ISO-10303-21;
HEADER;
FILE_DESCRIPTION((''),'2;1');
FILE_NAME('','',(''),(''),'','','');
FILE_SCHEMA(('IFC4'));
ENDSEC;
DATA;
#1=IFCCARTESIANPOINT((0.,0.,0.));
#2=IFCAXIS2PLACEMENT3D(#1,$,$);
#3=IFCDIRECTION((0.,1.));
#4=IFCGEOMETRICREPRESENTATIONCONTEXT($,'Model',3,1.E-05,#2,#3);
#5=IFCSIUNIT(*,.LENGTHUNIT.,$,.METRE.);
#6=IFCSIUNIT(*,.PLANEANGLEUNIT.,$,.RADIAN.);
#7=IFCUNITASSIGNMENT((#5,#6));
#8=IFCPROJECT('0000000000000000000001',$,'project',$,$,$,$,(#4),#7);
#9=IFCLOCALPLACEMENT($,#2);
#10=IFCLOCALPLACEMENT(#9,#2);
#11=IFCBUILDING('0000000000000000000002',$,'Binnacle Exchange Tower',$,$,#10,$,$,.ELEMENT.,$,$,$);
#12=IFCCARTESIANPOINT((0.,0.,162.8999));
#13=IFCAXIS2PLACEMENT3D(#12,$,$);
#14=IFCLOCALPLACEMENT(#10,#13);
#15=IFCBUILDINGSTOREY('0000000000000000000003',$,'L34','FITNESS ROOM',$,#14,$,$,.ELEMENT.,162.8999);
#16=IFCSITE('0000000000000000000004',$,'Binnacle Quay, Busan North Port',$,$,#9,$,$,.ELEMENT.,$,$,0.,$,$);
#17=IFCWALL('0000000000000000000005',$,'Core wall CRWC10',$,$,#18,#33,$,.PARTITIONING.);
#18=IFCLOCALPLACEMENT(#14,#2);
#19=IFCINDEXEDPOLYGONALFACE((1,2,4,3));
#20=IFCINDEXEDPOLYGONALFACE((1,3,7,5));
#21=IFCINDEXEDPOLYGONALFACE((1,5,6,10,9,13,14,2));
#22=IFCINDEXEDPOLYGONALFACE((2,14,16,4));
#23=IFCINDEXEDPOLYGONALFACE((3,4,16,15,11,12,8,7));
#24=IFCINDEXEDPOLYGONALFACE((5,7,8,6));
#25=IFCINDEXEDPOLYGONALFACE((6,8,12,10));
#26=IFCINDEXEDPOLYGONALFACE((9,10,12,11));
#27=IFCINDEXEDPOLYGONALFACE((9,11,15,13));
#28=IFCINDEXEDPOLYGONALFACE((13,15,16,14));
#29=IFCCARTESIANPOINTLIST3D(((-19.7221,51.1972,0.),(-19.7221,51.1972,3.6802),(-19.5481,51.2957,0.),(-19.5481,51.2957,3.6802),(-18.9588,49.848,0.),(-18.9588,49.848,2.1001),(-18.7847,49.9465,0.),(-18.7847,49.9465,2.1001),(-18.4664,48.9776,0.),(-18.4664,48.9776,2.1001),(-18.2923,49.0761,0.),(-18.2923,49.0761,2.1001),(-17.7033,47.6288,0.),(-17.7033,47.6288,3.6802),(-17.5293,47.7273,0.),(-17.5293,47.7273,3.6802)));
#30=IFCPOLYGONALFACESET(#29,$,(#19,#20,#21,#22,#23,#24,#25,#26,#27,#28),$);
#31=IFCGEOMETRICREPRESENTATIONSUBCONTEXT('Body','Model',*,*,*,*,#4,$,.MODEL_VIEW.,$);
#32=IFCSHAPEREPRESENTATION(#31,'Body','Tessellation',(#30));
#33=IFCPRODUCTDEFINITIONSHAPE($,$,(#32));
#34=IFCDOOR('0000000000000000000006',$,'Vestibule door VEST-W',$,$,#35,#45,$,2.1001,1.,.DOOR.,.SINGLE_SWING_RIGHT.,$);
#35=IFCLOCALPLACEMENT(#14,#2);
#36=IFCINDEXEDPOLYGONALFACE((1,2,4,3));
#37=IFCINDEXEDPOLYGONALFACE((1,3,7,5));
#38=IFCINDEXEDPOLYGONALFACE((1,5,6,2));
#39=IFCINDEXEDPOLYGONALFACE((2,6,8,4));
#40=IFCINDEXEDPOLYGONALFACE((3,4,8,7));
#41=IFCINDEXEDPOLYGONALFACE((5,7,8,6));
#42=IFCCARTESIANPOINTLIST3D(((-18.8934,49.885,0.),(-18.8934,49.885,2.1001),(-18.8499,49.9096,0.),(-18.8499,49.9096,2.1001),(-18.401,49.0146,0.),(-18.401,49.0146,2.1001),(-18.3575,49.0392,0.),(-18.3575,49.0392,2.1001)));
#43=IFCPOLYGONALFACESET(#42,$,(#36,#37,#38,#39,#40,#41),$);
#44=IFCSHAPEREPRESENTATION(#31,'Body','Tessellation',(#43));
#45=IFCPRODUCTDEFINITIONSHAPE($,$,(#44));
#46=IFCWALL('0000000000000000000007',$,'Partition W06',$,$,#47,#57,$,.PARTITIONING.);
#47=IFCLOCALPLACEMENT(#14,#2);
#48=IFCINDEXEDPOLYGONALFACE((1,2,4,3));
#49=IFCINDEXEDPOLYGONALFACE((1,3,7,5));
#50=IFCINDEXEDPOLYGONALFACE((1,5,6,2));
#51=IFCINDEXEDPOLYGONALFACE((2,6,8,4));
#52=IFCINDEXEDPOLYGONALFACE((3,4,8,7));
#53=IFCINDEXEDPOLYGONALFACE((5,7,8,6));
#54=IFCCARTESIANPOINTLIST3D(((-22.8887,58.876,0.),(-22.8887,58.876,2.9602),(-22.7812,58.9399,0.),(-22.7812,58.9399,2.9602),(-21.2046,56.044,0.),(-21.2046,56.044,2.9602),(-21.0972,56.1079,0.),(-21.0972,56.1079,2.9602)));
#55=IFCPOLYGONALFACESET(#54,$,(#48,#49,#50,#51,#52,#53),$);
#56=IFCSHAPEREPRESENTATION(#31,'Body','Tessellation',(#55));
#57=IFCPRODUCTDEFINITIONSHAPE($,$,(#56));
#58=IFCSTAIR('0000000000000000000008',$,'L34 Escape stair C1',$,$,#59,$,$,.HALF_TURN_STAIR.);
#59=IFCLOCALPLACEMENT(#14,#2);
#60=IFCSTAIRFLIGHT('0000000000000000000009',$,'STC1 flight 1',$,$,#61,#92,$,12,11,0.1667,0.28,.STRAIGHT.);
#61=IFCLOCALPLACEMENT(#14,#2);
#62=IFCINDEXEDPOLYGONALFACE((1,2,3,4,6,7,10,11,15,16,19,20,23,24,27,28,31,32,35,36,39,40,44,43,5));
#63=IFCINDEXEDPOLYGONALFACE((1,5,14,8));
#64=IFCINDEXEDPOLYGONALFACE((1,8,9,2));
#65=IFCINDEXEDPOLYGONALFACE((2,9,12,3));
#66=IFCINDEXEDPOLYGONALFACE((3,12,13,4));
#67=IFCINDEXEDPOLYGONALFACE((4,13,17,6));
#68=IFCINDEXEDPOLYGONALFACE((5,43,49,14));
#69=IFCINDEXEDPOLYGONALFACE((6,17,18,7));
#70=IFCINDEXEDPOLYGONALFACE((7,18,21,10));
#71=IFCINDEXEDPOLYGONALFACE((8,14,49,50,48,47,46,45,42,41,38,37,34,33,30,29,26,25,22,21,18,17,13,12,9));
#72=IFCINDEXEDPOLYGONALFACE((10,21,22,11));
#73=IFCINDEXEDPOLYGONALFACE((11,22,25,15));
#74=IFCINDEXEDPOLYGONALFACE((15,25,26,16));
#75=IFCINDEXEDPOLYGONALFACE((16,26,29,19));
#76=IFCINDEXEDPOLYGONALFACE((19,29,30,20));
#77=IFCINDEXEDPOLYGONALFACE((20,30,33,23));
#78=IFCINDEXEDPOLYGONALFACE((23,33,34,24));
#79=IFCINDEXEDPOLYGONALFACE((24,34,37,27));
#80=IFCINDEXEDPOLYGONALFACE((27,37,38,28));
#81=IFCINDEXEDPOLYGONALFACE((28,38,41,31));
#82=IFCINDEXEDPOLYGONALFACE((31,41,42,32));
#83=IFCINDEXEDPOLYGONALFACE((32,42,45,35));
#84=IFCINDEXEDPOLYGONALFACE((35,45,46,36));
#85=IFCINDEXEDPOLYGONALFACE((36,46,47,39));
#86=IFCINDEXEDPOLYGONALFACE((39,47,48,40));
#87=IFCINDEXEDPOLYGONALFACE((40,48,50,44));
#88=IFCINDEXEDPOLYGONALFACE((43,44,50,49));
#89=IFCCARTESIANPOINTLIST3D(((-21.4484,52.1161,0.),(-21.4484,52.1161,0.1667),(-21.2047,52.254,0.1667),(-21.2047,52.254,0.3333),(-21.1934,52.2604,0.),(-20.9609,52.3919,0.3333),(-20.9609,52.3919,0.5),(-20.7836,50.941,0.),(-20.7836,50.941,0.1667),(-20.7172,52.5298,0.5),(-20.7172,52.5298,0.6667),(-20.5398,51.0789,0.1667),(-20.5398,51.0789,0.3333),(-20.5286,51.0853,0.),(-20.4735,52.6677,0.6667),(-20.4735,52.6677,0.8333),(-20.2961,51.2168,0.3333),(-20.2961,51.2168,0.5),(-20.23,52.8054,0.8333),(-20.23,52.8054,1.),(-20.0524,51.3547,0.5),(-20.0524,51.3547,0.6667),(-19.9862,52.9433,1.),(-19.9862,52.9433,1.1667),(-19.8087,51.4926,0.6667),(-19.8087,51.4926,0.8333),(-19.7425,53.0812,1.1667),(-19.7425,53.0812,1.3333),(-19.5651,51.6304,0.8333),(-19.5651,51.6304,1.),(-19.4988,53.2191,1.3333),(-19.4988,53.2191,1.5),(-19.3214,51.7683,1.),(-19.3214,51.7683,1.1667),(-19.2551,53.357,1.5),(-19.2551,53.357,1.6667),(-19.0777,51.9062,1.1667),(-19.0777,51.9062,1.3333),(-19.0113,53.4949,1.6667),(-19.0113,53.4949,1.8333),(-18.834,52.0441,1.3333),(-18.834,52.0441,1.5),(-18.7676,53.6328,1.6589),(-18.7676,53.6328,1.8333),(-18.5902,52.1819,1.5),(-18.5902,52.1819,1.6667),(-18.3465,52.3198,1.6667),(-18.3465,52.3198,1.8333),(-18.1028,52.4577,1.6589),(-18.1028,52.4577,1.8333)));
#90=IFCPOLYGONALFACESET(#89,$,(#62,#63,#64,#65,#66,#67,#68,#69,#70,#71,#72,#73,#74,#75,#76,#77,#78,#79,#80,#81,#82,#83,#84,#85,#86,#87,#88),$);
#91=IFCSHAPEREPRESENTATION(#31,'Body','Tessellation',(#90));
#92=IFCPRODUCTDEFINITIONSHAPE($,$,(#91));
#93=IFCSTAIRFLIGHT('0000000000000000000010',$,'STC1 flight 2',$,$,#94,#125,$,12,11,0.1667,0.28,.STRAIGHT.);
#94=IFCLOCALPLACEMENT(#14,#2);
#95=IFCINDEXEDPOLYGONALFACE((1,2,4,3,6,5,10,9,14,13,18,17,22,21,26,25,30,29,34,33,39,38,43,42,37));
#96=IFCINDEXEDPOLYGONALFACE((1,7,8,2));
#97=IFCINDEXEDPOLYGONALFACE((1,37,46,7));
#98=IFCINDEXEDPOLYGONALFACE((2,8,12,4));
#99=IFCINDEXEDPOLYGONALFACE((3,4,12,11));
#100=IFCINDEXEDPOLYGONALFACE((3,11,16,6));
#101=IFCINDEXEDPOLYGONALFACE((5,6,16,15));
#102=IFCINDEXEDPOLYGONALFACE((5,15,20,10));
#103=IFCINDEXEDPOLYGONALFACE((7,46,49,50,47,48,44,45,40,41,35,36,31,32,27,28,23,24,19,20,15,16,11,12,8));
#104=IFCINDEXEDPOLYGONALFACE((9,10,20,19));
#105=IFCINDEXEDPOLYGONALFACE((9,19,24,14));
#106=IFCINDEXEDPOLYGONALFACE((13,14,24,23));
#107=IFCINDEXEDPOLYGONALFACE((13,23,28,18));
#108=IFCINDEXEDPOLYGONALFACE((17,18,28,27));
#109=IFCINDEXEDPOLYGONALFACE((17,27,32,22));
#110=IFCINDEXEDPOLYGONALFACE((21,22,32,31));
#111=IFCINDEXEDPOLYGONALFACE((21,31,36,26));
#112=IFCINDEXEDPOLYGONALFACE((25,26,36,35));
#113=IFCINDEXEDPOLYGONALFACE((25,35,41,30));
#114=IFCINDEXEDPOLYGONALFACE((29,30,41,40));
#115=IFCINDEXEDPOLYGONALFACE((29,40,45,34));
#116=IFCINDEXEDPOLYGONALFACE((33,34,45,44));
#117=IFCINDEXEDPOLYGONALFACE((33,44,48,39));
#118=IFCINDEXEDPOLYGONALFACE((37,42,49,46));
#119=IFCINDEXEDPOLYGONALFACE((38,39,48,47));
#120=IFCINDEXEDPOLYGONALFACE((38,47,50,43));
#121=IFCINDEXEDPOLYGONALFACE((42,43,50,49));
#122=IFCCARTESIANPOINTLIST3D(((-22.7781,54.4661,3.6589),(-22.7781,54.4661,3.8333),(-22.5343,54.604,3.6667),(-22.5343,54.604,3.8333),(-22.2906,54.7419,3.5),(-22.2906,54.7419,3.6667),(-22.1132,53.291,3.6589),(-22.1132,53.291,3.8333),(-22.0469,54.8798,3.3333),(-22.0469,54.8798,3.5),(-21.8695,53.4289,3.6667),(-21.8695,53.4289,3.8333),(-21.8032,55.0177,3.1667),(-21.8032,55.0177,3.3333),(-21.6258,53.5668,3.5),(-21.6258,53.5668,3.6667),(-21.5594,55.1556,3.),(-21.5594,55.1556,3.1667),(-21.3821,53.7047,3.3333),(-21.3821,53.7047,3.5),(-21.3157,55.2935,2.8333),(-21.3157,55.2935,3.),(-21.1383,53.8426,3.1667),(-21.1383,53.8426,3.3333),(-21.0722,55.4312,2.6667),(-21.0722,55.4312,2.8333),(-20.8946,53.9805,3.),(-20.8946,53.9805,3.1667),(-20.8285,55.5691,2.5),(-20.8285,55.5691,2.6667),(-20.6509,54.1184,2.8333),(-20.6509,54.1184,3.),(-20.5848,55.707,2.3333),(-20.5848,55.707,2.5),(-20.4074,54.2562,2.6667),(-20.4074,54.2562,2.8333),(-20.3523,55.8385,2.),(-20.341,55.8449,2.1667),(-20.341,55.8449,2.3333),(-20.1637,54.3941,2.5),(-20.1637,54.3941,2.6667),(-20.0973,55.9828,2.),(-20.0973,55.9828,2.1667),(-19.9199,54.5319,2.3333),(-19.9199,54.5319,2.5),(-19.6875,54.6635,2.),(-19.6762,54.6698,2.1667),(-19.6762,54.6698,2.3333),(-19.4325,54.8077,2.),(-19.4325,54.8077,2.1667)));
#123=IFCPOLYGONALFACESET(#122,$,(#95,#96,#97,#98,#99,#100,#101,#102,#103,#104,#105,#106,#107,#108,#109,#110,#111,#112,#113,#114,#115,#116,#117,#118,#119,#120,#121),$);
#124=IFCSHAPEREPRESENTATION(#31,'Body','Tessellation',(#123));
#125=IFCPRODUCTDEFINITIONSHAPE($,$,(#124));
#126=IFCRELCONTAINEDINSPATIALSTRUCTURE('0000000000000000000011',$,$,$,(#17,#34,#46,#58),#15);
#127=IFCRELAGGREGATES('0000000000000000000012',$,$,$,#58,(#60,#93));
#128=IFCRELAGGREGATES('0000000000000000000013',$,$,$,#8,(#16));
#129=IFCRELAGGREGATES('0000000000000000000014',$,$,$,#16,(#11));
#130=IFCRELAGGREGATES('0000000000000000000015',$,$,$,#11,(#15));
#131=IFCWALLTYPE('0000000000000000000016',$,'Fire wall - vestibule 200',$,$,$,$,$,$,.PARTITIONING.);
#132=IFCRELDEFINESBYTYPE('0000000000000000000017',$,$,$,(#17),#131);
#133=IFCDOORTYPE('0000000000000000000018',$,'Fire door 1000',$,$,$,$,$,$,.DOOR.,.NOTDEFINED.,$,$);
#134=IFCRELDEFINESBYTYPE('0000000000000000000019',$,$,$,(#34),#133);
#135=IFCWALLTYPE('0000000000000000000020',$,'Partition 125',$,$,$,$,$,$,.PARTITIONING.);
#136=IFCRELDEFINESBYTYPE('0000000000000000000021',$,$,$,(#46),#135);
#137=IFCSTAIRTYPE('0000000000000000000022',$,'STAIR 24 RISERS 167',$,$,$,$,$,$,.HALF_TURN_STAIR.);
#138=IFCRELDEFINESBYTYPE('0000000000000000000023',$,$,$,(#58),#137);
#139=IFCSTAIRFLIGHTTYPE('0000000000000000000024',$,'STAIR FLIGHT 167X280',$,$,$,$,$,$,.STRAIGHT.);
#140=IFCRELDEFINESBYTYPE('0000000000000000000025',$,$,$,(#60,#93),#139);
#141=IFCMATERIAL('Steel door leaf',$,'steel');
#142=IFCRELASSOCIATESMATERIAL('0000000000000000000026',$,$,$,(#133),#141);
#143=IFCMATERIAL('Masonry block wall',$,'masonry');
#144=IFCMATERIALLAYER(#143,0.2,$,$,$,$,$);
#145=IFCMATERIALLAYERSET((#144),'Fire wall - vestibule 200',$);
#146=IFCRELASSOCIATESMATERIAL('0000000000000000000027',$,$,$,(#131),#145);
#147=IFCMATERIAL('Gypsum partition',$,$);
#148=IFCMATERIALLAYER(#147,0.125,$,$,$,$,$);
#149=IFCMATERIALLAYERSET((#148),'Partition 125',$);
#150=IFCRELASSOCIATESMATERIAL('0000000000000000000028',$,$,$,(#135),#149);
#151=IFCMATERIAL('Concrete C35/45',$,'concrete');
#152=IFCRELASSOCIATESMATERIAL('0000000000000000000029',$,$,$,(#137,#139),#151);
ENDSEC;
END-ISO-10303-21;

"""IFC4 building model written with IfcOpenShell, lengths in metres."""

from ifc_helpers import new_model, si_unit, direction, frame, frame_2d, origin, place, context, subcontext, project, spatial, polyline, rectangle, outline, extrude, material, layer, layer_set, type_object, element, fill, aggregate, save


model = new_model("IFC4")

# Units and contexts
model_context = context("Model", 3, precision=1e-05, world=origin(), true_north=direction((0.0, 1.0)))
body_context = subcontext(model_context, "Body", "Model", "MODEL_VIEW")
ifc_project = project(units=[si_unit("LENGTHUNIT", "METRE"), si_unit("PLANEANGLEUNIT", "RADIAN")], contexts=[model_context])

# Site, building, storey
site_placement = place(None, origin())
site = spatial("IfcSite", under=ifc_project, at=site_placement, Name="Binnacle Quay, Busan North Port", CompositionType="ELEMENT", RefElevation=0.0)
building_placement = place(site_placement, origin())
building = spatial("IfcBuilding", under=site, at=building_placement, Name="Binnacle Exchange Tower", CompositionType="ELEMENT")
storey_placement = place(building_placement, frame((0.0, 0.0, 162.8999)))
storey = spatial("IfcBuildingStorey", under=building, at=storey_placement, Name="L34", Description="FITNESS ROOM", CompositionType="ELEMENT", Elevation=162.8999)

# Shared definitions
ifc_material_1 = material(Name="Steel door leaf", Category="steel")

# Wall, opening, door
door_type_1 = type_object("IfcDoorType", Name="Fire door 1000", OperationType="NOTDEFINED", PredefinedType="DOOR", material=ifc_material_1)
ifc_material_2 = material(Name="Masonry block wall", Category="masonry")
ifc_layer_1 = layer(ifc_material_2, 0.2)
ifc_layer_set_1 = layer_set([ifc_layer_1], Name="Fire wall - vestibule 200")
wall_type_1 = type_object("IfcWallType", Name="Fire wall - vestibule 200", PredefinedType="PARTITIONING", material=ifc_layer_set_1)
wall_1_placement = place(storey_placement, frame((-19.635, 51.2463, 0.0), z_axis=(0.0, 0.0, 1.0), x_axis=(0.492408, -0.870364, 0.0)))
wall_1 = element("IfcWall", 1, at=wall_1_placement, inside=storey, type_object=wall_type_1, Name="Core wall CRWC10", PredefinedType="PARTITIONING", context=body_context, shape_type="SweptSolid", body=[
    extrude(rectangle(XDim=4.0999, YDim=0.2, at=frame_2d((2.0498, 0.0))), origin(), (0.0, 0.0, 1.0), 3.6802),
])
opening_1_placement = place(wall_1_placement, frame((1.55, 0.0, 0.0)))
opening_1 = element("IfcOpeningElement", 2, at=opening_1_placement, cuts=wall_1, PredefinedType="OPENING", context=body_context, shape_type="SweptSolid", body=[
    extrude(rectangle(XDim=1.0, YDim=2.1001, at=frame_2d((0.5, 1.05))), frame((0.0, 0.1099, 0.0), z_axis=(0.0, -1.0, 0.0), x_axis=(1.0, 0.0, 0.0)), (0.0, 0.0, 1.0), 0.22),
])
door_1_placement = place(opening_1_placement, frame((1.0, 0.0, 0.0), z_axis=(0.0, 0.0, 1.0), x_axis=(-1.0, 0.0, 0.0)))
door_1 = element("IfcDoor", 3, at=door_1_placement, inside=storey, type_object=door_type_1, Name="Vestibule door VEST-W", OperationType="SINGLE_SWING_RIGHT", OverallHeight=2.1001, OverallWidth=1.0, PredefinedType="DOOR", context=body_context, shape_type="SweptSolid", body=[
    extrude(rectangle(XDim=1.0, YDim=2.1001, at=frame_2d((0.5, 1.05))), frame((0.0, 0.0249, 0.0), z_axis=(0.0, -1.0, 0.0), x_axis=(1.0, 0.0, 0.0)), (0.0, 0.0, 1.0), 0.05),
])
fill(opening_1, door_1)

# Wall
ifc_material_3 = material(Name="Gypsum partition")
ifc_layer_2 = layer(ifc_material_3, 0.125)
ifc_layer_set_2 = layer_set([ifc_layer_2], Name="Partition 125")
wall_type_2 = type_object("IfcWallType", Name="Partition 125", PredefinedType="PARTITIONING", material=ifc_layer_set_2)
wall_2_placement = place(storey_placement, frame((-22.835, 58.908, 0.0), z_axis=(0.0, 0.0, 1.0), x_axis=(0.511114, -0.859513, 0.0)))
element("IfcWall", 4, at=wall_2_placement, inside=storey, type_object=wall_type_2, Name="Partition W06", PredefinedType="PARTITIONING", context=body_context, shape_type="SweptSolid", body=[
    extrude(rectangle(XDim=3.2949, YDim=0.125, at=frame_2d((1.6475, 0.0))), origin(), (0.0, 0.0, 1.0), 2.9602),
])

# Stair, stair flights
ifc_material_4 = material(Name="Concrete C35/45", Category="concrete")
stair_type = type_object("IfcStairType", Name="STAIR 24 RISERS 167", PredefinedType="HALF_TURN_STAIR", material=ifc_material_4)
stair_placement = place(storey_placement, origin())
stair = element("IfcStair", 5, at=stair_placement, inside=storey, type_object=stair_type, Name="L34 Escape stair C1", PredefinedType="HALF_TURN_STAIR")
stair_flight_type = type_object("IfcStairFlightType", Name="STAIR FLIGHT 167X280", PredefinedType="STRAIGHT", material=ifc_material_4)
stair_flight_1_placement = place(storey_placement, frame((-21.116, 51.5286, 0.0), z_axis=(0.0, 0.0, 1.0), x_axis=(0.870356, 0.492424, 0.0)))
stair_flight_1 = element("IfcStairFlight", 6, at=stair_flight_1_placement, type_object=stair_flight_type, Name="STC1 flight 1", NumberOfRisers=12, NumberOfTreads=11, PredefinedType="STRAIGHT", RiserHeight=0.1667, TreadLength=0.28, context=body_context, shape_type="SweptSolid", body=[
    extrude(outline(polyline([(0.0, 0.0), (0.0, 0.1667), (0.28, 0.1667), (0.28, 0.3333), (0.5601, 0.3333), (0.5601, 0.5), (0.8401, 0.5), (0.8401, 0.6667), (1.1201, 0.6667), (1.1201, 0.8333), (1.3999, 0.8333), (1.3999, 1.0), (1.6799, 1.0), (1.6799, 1.1667), (1.96, 1.1667), (1.96, 1.3333), (2.24, 1.3333), (2.24, 1.5), (2.52, 1.5), (2.52, 1.6667), (2.8, 1.6667), (2.8, 1.8333), (3.0801, 1.8333), (3.0801, 2.0), (3.0801, 1.6589), (0.293, 0.0), (0.0, 0.0)])), frame((0.0, 0.675, 0.0), z_axis=(0.0, -1.0, 0.0), x_axis=(1.0, 0.0, 0.0)), (0.0, 0.0, 1.0), 1.3501),
])
stair_flight_2_placement = place(storey_placement, frame((-19.7649, 55.3953, 2.0), z_axis=(0.0, 0.0, 1.0), x_axis=(-0.870356, -0.492424, 0.0)))
stair_flight_2 = element("IfcStairFlight", 7, at=stair_flight_2_placement, type_object=stair_flight_type, Name="STC1 flight 2", NumberOfRisers=12, NumberOfTreads=11, PredefinedType="STRAIGHT", RiserHeight=0.1667, TreadLength=0.28, context=body_context, shape_type="SweptSolid", body=[
    extrude(outline(polyline([(0.0, 0.0), (0.0, 0.1667), (0.28, 0.1667), (0.28, 0.3333), (0.5601, 0.3333), (0.5601, 0.5), (0.8401, 0.5), (0.8401, 0.6667), (1.1201, 0.6667), (1.1201, 0.8333), (1.3999, 0.8333), (1.3999, 1.0), (1.6799, 1.0), (1.6799, 1.1667), (1.96, 1.1667), (1.96, 1.3333), (2.24, 1.3333), (2.24, 1.5), (2.52, 1.5), (2.52, 1.6667), (2.8, 1.6667), (2.8, 1.8333), (3.0801, 1.8333), (3.0801, 2.0), (3.0801, 1.6589), (0.293, 0.0), (0.0, 0.0)])), frame((0.0, 0.675, 0.0), z_axis=(0.0, -1.0, 0.0), x_axis=(1.0, 0.0, 0.0)), (0.0, 0.0, 1.0), 1.3501),
])
aggregate(stair, [stair_flight_1, stair_flight_2])

save(model, "model.ifc")
